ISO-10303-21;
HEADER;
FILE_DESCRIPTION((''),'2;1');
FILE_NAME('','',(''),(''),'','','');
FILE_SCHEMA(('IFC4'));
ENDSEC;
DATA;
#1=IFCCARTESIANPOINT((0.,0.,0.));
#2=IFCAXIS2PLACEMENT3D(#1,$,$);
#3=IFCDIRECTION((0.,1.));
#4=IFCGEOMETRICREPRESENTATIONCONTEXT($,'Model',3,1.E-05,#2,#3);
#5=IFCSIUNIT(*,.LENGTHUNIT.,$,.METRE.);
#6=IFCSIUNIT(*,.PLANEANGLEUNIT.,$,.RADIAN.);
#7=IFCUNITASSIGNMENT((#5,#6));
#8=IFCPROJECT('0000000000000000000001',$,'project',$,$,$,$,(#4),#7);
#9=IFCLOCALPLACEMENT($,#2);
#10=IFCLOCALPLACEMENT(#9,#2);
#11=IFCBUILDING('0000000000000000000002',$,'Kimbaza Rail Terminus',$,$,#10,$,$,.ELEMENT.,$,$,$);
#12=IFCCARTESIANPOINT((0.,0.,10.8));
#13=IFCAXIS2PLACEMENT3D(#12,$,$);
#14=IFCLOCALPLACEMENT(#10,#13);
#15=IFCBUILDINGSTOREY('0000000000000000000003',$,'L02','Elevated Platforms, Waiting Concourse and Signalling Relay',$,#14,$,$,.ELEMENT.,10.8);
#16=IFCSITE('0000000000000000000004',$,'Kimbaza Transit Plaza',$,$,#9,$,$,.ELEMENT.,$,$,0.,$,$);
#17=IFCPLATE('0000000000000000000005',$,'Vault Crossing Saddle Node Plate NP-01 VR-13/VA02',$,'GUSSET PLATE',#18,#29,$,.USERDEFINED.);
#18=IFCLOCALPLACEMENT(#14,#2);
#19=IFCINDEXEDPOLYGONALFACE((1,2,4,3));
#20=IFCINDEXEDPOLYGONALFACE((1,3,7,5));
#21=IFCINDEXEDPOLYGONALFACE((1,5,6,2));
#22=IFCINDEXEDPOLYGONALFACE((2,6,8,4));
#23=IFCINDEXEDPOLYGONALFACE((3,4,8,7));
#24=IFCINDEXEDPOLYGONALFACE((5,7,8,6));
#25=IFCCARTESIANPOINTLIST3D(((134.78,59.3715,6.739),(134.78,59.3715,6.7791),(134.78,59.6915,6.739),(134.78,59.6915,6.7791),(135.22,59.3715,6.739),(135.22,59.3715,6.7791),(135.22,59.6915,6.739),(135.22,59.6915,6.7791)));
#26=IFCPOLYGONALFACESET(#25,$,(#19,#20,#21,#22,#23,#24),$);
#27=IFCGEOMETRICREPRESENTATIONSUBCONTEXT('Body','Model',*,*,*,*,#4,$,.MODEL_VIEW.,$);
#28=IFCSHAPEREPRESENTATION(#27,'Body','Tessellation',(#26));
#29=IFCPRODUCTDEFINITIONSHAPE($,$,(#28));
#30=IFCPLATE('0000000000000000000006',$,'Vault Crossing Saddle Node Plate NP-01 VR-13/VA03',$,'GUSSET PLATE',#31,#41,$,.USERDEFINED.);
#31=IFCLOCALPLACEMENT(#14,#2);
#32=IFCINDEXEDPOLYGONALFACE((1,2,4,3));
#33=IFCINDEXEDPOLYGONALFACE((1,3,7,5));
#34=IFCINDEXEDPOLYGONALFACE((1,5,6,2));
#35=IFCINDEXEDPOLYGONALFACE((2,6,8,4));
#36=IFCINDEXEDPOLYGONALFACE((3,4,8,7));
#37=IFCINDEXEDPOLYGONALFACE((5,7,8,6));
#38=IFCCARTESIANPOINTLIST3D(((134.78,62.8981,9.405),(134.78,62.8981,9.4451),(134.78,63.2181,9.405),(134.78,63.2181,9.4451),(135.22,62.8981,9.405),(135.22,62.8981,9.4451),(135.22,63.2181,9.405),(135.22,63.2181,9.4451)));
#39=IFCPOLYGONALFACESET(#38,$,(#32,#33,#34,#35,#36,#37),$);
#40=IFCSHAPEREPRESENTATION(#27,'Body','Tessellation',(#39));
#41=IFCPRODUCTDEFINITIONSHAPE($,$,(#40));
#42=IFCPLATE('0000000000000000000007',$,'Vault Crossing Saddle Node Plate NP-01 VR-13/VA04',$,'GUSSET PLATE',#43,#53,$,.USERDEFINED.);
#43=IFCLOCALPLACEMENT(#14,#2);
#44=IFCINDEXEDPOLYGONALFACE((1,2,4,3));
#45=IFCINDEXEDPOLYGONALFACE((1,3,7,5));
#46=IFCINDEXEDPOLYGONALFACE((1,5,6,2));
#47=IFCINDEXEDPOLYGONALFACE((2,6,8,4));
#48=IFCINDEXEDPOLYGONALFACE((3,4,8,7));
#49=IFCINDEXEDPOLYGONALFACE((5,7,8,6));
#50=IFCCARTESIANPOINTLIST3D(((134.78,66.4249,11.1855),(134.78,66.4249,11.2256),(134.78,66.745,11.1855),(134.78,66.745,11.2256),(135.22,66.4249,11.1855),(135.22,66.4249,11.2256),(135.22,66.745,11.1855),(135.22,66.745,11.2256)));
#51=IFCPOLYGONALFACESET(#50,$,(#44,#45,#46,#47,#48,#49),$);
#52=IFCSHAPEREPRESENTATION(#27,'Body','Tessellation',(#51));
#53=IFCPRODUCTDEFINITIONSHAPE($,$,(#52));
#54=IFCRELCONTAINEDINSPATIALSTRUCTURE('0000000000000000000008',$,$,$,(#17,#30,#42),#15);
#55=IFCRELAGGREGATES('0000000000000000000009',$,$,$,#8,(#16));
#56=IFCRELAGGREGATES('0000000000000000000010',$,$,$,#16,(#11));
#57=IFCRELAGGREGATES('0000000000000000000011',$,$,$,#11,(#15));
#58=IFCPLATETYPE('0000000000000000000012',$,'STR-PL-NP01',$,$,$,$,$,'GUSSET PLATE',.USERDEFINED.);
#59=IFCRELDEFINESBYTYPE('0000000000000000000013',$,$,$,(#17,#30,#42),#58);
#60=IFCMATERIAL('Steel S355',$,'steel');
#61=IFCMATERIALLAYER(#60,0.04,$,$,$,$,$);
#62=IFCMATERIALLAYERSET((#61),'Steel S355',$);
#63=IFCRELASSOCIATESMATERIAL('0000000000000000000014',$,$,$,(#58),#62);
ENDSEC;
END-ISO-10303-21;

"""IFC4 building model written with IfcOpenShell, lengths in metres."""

from ifc_helpers import new_model, si_unit, direction, frame, origin, origin_2d, place, context, subcontext, project, spatial, rectangle, extrude, material, layer, layer_set, type_object, element, save


model = new_model("IFC4")

# Units and contexts
model_context = context("Model", 3, precision=1e-05, world=origin(), true_north=direction((0.0, 1.0)))
body_context = subcontext(model_context, "Body", "Model", "MODEL_VIEW")
ifc_project = project(units=[si_unit("LENGTHUNIT", "METRE"), si_unit("PLANEANGLEUNIT", "RADIAN")], contexts=[model_context])

# Site, building, storey
site_placement = place(None, origin())
site = spatial("IfcSite", under=ifc_project, at=site_placement, Name="Kimbaza Transit Plaza", CompositionType="ELEMENT", RefElevation=0.0)
building_placement = place(site_placement, origin())
building = spatial("IfcBuilding", under=site, at=building_placement, Name="Kimbaza Rail Terminus", CompositionType="ELEMENT")
storey_placement = place(building_placement, frame((0.0, 0.0, 10.8)))
storey = spatial("IfcBuildingStorey", under=building, at=storey_placement, Name="L02", Description="Elevated Platforms, Waiting Concourse and Signalling Relay", CompositionType="ELEMENT", Elevation=10.8)

# Plates
ifc_material_1 = material(Name="Steel S355", Category="steel")
ifc_layer_1 = layer(ifc_material_1, 0.04)
ifc_layer_set_1 = layer_set([ifc_layer_1], Name="Steel S355")
plate_type_1 = type_object("IfcPlateType", Name="STR-PL-NP01", ElementType="GUSSET PLATE", PredefinedType="USERDEFINED", material=ifc_layer_set_1)
for number, where, z_axis, x_axis, name in (
    (1, (135.0, 59.5315, 6.739), (0.0, 0.0, 1.0), (1.0, 0.0, 0.0), "Vault Crossing Saddle Node Plate NP-01 VR-13/VA02"),
    (2, (135.0, 63.0581, 9.405), (0.0, 0.0, 1.0), (1.0, 0.0, 0.0), "Vault Crossing Saddle Node Plate NP-01 VR-13/VA03"),
    (3, (135.0, 66.585, 11.1855), (0.0, 0.0, 1.0), (1.0, 0.0, 0.0), "Vault Crossing Saddle Node Plate NP-01 VR-13/VA04"),
):
    element("IfcPlate", number, at=place(storey_placement, frame(where, z_axis=z_axis, x_axis=x_axis)), inside=storey, type_object=plate_type_1, Name=name, ObjectType="GUSSET PLATE", PredefinedType="USERDEFINED", context=body_context, shape_type="SweptSolid", body=[
        extrude(rectangle(XDim=0.4399, YDim=0.3201, at=origin_2d()), origin(), (0.0, 0.0, 1.0), 0.04),
    ])

save(model, "model.ifc")
